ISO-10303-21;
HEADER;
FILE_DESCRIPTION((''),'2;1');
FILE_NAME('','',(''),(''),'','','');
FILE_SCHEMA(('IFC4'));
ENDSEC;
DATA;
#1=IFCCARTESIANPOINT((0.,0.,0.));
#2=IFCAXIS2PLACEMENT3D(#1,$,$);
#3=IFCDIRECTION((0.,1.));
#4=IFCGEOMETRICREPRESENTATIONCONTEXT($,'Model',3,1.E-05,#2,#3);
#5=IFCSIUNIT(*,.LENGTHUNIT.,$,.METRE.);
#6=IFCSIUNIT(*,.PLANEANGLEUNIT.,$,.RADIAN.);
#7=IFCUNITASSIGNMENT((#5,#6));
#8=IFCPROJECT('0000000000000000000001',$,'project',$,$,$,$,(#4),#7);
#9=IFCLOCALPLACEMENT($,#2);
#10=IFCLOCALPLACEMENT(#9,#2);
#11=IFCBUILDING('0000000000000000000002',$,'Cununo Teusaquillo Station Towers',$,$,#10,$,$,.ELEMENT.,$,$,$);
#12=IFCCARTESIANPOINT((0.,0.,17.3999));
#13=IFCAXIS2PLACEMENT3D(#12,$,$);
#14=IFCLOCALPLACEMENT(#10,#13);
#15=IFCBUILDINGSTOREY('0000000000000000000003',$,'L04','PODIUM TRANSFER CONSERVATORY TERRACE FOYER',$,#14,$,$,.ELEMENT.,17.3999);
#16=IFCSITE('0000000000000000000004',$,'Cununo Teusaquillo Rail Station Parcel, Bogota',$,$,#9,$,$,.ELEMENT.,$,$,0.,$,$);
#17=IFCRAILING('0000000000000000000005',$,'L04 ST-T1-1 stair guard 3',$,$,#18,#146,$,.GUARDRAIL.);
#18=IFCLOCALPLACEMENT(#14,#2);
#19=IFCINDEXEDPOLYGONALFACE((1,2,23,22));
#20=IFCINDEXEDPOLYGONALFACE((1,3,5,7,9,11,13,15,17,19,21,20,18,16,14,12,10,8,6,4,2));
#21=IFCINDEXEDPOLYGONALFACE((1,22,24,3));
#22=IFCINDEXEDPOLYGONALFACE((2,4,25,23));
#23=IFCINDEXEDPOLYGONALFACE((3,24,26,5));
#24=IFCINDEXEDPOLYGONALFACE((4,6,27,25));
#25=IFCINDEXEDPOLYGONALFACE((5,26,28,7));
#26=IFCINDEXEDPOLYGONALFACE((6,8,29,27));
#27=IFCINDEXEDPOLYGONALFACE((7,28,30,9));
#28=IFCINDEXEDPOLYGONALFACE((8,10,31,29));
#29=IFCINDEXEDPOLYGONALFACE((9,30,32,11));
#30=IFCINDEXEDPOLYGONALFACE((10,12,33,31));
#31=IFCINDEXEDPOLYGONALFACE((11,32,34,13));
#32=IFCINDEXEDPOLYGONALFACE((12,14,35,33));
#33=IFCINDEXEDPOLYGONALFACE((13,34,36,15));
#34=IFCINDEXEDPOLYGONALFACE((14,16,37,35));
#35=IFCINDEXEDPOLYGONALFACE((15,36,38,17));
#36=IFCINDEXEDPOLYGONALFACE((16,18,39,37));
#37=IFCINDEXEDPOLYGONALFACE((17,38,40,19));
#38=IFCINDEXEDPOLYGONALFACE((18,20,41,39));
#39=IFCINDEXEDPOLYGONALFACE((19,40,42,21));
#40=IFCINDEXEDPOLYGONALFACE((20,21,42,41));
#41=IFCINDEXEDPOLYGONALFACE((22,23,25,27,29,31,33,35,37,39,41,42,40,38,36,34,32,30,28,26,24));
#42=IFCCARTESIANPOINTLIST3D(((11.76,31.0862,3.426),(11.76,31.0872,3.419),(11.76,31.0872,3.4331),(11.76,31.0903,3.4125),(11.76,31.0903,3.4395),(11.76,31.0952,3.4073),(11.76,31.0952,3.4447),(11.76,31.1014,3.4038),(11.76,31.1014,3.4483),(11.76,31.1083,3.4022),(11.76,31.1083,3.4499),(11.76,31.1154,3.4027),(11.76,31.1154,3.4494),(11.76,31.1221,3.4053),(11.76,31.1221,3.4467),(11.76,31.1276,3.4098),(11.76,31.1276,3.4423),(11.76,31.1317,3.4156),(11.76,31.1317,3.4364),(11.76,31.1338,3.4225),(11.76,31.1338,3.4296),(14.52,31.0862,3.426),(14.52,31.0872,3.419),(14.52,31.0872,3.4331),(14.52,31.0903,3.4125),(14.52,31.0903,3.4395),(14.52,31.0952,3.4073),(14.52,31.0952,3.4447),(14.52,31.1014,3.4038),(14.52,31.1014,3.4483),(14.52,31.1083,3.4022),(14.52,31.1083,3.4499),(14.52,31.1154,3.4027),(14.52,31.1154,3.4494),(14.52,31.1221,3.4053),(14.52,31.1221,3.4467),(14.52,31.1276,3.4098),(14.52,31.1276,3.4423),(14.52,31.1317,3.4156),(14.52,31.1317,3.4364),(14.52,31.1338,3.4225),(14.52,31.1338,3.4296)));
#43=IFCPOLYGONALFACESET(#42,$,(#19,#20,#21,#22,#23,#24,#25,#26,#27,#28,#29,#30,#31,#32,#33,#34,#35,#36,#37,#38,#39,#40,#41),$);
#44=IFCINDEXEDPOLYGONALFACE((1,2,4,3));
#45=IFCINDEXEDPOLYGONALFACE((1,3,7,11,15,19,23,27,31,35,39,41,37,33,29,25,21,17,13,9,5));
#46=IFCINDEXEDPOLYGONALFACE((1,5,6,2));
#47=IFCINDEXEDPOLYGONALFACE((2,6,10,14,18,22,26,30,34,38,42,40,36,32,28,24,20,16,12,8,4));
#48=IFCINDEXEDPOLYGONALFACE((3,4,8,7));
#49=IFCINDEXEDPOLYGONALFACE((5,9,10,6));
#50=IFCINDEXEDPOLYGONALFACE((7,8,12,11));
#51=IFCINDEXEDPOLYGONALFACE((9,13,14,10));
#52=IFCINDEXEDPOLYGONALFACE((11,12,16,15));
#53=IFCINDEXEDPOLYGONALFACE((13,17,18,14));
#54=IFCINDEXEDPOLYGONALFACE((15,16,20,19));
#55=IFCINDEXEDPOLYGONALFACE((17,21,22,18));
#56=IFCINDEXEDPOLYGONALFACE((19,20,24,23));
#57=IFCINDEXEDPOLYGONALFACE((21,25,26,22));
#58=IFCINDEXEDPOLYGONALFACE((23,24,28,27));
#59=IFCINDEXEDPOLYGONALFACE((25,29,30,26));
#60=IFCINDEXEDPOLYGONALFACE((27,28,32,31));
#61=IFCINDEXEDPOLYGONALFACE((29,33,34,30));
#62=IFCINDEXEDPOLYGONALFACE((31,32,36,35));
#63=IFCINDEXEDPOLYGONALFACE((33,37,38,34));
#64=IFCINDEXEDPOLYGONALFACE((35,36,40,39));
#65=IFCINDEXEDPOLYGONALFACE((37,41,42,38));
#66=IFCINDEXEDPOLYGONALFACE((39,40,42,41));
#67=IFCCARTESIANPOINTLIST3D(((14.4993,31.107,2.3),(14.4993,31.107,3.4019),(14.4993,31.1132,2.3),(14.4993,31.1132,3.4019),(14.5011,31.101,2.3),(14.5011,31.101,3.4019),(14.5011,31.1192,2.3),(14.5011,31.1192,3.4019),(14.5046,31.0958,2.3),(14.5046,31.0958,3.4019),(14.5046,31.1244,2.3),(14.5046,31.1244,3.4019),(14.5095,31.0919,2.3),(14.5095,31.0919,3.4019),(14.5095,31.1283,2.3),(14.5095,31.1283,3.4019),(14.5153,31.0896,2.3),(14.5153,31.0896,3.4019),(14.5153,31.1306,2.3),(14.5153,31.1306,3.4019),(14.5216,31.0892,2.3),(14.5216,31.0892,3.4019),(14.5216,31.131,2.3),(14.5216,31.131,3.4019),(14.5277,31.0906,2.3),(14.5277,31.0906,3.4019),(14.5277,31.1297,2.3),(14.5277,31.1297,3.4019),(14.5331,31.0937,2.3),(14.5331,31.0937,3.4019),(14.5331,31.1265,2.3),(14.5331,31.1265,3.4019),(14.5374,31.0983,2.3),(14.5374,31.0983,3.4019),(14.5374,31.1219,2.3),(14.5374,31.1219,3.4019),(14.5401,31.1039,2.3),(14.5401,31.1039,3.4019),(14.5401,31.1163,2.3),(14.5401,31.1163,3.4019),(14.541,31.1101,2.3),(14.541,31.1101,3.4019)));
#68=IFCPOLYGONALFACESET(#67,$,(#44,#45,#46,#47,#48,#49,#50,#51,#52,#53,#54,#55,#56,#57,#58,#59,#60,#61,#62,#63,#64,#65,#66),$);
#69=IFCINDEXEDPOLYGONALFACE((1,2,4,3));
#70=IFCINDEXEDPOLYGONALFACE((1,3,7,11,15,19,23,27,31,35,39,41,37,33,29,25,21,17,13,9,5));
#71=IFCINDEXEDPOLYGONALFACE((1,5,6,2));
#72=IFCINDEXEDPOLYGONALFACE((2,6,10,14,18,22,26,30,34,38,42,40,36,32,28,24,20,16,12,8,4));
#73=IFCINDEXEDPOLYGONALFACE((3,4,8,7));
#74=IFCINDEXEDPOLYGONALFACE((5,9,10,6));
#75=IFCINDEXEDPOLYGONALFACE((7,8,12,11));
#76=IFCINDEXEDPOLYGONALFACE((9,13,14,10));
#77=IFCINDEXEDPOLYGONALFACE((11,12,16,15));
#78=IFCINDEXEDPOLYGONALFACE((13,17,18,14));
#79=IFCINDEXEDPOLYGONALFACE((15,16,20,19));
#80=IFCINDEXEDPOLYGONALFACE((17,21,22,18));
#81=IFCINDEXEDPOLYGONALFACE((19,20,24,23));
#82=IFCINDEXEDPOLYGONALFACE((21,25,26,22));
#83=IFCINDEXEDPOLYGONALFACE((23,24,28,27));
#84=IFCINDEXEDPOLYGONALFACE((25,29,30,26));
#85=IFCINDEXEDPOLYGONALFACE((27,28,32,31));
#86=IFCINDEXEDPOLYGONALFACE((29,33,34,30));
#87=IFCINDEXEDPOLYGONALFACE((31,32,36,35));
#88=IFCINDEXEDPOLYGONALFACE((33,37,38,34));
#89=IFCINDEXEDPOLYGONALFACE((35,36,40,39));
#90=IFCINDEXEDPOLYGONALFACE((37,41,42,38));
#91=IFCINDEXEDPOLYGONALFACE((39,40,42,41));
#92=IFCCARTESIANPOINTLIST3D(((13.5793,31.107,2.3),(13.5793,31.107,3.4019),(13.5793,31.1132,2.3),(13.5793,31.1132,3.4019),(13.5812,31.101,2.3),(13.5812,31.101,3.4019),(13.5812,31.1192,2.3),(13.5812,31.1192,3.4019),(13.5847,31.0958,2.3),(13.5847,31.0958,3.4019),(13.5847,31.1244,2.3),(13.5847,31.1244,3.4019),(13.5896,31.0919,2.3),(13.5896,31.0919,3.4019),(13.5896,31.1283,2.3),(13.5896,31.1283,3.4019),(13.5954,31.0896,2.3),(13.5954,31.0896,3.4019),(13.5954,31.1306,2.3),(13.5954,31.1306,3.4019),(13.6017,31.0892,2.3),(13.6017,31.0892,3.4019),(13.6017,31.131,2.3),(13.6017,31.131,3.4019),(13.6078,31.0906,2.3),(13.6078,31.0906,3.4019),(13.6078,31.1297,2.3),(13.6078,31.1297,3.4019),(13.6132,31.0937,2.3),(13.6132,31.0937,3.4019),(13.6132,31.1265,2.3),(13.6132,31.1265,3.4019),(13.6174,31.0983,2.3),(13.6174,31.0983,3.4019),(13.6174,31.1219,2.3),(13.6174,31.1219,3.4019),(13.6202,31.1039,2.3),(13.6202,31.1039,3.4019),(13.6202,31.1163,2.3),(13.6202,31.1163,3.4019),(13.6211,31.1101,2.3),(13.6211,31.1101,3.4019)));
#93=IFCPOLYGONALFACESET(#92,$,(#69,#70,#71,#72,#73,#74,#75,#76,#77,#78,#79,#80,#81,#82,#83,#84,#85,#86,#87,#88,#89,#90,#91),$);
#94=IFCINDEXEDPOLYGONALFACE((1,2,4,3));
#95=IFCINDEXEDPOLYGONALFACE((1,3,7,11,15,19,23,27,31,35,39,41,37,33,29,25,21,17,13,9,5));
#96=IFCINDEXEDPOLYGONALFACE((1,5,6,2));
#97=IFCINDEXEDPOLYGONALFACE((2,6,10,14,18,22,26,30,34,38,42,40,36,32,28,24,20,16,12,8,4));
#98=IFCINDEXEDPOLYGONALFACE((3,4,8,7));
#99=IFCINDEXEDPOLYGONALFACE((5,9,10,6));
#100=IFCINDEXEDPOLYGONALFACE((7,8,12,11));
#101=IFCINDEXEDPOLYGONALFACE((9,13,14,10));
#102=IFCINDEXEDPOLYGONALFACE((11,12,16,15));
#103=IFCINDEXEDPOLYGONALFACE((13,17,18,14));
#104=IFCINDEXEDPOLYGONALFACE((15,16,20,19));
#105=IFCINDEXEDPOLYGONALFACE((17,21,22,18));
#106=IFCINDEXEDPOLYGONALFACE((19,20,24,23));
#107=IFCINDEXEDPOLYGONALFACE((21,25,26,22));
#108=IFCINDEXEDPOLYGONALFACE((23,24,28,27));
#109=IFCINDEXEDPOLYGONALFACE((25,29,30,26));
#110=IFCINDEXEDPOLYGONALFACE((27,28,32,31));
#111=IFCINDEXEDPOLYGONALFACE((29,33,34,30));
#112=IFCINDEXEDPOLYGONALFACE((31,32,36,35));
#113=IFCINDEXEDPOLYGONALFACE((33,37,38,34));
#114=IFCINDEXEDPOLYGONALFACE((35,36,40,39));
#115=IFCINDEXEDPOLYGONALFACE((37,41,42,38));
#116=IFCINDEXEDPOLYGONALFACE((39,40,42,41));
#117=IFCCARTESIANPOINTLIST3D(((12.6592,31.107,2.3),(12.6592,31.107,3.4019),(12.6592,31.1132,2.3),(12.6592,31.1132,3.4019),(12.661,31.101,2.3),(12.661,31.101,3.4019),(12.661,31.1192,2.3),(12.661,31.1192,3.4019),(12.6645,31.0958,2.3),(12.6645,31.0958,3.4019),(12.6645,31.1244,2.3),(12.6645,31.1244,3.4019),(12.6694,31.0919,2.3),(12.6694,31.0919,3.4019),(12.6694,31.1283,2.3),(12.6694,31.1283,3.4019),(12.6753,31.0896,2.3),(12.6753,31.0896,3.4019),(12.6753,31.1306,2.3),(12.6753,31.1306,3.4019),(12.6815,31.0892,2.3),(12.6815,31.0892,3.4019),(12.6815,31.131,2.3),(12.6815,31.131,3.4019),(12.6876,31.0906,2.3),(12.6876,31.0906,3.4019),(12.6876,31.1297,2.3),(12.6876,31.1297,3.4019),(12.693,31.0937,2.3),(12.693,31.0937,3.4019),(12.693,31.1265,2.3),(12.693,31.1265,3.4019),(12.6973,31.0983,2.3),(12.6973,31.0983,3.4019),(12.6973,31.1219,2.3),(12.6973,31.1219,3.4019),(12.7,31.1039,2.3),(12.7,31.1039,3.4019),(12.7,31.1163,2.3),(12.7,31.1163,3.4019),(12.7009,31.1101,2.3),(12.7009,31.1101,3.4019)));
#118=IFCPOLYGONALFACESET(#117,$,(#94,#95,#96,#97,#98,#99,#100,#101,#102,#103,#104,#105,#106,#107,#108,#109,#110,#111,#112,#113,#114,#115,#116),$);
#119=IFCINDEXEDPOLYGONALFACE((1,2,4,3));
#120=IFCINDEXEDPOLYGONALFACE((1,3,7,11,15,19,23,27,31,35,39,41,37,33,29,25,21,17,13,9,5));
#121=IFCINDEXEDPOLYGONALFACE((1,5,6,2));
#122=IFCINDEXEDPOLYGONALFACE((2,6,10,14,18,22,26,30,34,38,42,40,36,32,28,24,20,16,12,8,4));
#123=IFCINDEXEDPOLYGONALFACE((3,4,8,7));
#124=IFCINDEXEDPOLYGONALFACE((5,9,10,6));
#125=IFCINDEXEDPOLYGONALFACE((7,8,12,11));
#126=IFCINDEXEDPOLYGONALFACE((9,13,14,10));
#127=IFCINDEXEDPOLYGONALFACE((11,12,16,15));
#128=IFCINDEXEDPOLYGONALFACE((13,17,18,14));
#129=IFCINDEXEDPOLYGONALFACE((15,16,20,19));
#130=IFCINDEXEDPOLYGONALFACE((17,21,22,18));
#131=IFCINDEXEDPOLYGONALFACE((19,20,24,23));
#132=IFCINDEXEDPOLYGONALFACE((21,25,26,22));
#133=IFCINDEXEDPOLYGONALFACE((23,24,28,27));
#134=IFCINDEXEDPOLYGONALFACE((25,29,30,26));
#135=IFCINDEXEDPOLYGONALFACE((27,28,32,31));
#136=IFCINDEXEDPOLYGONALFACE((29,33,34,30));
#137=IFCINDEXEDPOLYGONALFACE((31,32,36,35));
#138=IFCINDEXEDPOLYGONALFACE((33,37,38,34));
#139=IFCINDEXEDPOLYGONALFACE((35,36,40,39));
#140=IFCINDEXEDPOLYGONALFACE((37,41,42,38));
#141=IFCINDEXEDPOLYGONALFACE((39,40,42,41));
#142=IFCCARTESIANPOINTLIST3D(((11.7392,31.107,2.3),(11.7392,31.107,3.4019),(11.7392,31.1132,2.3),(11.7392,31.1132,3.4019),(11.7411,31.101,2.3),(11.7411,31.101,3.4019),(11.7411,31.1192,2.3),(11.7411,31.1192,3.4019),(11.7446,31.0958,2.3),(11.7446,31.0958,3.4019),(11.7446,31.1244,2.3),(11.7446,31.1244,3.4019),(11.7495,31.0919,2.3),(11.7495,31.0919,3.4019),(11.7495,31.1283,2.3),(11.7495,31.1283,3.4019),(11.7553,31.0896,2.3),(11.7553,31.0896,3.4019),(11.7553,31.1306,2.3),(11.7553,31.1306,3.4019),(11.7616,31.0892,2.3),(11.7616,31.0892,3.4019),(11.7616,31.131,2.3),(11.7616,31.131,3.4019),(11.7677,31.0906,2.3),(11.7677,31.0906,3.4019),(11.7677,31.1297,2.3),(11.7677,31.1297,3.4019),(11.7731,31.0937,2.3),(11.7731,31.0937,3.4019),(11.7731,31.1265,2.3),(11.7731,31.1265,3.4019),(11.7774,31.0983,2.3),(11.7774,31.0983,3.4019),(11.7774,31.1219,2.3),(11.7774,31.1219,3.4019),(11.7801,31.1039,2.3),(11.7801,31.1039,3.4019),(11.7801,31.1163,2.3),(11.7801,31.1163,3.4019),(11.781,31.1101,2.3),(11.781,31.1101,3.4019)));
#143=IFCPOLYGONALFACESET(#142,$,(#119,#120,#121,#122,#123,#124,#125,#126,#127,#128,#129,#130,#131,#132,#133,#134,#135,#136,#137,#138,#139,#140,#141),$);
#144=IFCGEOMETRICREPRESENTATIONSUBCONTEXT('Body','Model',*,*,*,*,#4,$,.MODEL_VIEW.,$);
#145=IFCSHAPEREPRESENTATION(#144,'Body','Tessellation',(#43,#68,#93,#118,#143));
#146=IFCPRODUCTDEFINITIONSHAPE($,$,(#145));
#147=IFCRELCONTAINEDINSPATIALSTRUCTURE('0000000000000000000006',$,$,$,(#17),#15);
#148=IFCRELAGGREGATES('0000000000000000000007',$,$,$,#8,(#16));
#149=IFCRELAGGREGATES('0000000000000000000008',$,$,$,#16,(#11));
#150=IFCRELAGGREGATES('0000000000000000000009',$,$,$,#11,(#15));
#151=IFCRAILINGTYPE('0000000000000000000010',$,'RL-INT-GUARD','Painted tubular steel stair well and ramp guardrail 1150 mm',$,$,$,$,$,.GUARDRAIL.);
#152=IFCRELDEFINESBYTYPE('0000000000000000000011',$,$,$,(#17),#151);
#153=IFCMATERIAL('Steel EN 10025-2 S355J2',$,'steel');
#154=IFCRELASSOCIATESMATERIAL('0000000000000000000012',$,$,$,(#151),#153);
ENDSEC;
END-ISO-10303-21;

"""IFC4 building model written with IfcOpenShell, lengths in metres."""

from ifc_helpers import new_model, si_unit, direction, frame, origin, origin_2d, place, context, subcontext, project, spatial, circle, extrude, material, type_object, element, save


model = new_model("IFC4")

# Units and contexts
model_context = context("Model", 3, precision=1e-05, world=origin(), true_north=direction((0.0, 1.0)))
body_context = subcontext(model_context, "Body", "Model", "MODEL_VIEW")
ifc_project = project(units=[si_unit("LENGTHUNIT", "METRE"), si_unit("PLANEANGLEUNIT", "RADIAN")], contexts=[model_context])

# Site, building, storey
site_placement = place(None, origin())
site = spatial("IfcSite", under=ifc_project, at=site_placement, Name="Cununo Teusaquillo Rail Station Parcel, Bogota", CompositionType="ELEMENT", RefElevation=0.0)
building_placement = place(site_placement, origin())
building = spatial("IfcBuilding", under=site, at=building_placement, Name="Cununo Teusaquillo Station Towers", CompositionType="ELEMENT")
storey_placement = place(building_placement, frame((0.0, 0.0, 17.3999)))
storey = spatial("IfcBuildingStorey", under=building, at=storey_placement, Name="L04", Description="PODIUM TRANSFER CONSERVATORY TERRACE FOYER", CompositionType="ELEMENT", Elevation=17.3999)

# Railing
ifc_material_1 = material(Name="Steel EN 10025-2 S355J2", Category="steel")
railing_type_1 = type_object("IfcRailingType", Name="RL-INT-GUARD", Description="Painted tubular steel stair well and ramp guardrail 1150 mm", PredefinedType="GUARDRAIL", material=ifc_material_1)
railing_1_placement = place(storey_placement, frame((14.52, 31.1101, 2.3)))
element("IfcRailing", 1, at=railing_1_placement, inside=storey, type_object=railing_type_1, Name="L04 ST-T1-1 stair guard 3", PredefinedType="GUARDRAIL", context=body_context, shape_type="SweptSolid", body=[
    extrude(circle(Radius=0.0239, at=origin_2d()), frame((0.0, 0.0, 1.126), z_axis=(-1.0, 0.0, 0.0), x_axis=(0.0, -1.0, 0.0)), (0.0, 0.0, 1.0), 2.76),
    extrude(circle(Radius=0.021, at=origin_2d()), origin(), (0.0, 0.0, 1.0), 1.1018),
    extrude(circle(Radius=0.021, at=origin_2d()), frame((-0.9199, 0.0, 0.0)), (0.0, 0.0, 1.0), 1.1018),
    extrude(circle(Radius=0.021, at=origin_2d()), frame((-1.8401, 0.0, 0.0)), (0.0, 0.0, 1.0), 1.1018),
    extrude(circle(Radius=0.021, at=origin_2d()), frame((-2.76, 0.0, 0.0)), (0.0, 0.0, 1.0), 1.1018),
])

save(model, "model.ifc")
